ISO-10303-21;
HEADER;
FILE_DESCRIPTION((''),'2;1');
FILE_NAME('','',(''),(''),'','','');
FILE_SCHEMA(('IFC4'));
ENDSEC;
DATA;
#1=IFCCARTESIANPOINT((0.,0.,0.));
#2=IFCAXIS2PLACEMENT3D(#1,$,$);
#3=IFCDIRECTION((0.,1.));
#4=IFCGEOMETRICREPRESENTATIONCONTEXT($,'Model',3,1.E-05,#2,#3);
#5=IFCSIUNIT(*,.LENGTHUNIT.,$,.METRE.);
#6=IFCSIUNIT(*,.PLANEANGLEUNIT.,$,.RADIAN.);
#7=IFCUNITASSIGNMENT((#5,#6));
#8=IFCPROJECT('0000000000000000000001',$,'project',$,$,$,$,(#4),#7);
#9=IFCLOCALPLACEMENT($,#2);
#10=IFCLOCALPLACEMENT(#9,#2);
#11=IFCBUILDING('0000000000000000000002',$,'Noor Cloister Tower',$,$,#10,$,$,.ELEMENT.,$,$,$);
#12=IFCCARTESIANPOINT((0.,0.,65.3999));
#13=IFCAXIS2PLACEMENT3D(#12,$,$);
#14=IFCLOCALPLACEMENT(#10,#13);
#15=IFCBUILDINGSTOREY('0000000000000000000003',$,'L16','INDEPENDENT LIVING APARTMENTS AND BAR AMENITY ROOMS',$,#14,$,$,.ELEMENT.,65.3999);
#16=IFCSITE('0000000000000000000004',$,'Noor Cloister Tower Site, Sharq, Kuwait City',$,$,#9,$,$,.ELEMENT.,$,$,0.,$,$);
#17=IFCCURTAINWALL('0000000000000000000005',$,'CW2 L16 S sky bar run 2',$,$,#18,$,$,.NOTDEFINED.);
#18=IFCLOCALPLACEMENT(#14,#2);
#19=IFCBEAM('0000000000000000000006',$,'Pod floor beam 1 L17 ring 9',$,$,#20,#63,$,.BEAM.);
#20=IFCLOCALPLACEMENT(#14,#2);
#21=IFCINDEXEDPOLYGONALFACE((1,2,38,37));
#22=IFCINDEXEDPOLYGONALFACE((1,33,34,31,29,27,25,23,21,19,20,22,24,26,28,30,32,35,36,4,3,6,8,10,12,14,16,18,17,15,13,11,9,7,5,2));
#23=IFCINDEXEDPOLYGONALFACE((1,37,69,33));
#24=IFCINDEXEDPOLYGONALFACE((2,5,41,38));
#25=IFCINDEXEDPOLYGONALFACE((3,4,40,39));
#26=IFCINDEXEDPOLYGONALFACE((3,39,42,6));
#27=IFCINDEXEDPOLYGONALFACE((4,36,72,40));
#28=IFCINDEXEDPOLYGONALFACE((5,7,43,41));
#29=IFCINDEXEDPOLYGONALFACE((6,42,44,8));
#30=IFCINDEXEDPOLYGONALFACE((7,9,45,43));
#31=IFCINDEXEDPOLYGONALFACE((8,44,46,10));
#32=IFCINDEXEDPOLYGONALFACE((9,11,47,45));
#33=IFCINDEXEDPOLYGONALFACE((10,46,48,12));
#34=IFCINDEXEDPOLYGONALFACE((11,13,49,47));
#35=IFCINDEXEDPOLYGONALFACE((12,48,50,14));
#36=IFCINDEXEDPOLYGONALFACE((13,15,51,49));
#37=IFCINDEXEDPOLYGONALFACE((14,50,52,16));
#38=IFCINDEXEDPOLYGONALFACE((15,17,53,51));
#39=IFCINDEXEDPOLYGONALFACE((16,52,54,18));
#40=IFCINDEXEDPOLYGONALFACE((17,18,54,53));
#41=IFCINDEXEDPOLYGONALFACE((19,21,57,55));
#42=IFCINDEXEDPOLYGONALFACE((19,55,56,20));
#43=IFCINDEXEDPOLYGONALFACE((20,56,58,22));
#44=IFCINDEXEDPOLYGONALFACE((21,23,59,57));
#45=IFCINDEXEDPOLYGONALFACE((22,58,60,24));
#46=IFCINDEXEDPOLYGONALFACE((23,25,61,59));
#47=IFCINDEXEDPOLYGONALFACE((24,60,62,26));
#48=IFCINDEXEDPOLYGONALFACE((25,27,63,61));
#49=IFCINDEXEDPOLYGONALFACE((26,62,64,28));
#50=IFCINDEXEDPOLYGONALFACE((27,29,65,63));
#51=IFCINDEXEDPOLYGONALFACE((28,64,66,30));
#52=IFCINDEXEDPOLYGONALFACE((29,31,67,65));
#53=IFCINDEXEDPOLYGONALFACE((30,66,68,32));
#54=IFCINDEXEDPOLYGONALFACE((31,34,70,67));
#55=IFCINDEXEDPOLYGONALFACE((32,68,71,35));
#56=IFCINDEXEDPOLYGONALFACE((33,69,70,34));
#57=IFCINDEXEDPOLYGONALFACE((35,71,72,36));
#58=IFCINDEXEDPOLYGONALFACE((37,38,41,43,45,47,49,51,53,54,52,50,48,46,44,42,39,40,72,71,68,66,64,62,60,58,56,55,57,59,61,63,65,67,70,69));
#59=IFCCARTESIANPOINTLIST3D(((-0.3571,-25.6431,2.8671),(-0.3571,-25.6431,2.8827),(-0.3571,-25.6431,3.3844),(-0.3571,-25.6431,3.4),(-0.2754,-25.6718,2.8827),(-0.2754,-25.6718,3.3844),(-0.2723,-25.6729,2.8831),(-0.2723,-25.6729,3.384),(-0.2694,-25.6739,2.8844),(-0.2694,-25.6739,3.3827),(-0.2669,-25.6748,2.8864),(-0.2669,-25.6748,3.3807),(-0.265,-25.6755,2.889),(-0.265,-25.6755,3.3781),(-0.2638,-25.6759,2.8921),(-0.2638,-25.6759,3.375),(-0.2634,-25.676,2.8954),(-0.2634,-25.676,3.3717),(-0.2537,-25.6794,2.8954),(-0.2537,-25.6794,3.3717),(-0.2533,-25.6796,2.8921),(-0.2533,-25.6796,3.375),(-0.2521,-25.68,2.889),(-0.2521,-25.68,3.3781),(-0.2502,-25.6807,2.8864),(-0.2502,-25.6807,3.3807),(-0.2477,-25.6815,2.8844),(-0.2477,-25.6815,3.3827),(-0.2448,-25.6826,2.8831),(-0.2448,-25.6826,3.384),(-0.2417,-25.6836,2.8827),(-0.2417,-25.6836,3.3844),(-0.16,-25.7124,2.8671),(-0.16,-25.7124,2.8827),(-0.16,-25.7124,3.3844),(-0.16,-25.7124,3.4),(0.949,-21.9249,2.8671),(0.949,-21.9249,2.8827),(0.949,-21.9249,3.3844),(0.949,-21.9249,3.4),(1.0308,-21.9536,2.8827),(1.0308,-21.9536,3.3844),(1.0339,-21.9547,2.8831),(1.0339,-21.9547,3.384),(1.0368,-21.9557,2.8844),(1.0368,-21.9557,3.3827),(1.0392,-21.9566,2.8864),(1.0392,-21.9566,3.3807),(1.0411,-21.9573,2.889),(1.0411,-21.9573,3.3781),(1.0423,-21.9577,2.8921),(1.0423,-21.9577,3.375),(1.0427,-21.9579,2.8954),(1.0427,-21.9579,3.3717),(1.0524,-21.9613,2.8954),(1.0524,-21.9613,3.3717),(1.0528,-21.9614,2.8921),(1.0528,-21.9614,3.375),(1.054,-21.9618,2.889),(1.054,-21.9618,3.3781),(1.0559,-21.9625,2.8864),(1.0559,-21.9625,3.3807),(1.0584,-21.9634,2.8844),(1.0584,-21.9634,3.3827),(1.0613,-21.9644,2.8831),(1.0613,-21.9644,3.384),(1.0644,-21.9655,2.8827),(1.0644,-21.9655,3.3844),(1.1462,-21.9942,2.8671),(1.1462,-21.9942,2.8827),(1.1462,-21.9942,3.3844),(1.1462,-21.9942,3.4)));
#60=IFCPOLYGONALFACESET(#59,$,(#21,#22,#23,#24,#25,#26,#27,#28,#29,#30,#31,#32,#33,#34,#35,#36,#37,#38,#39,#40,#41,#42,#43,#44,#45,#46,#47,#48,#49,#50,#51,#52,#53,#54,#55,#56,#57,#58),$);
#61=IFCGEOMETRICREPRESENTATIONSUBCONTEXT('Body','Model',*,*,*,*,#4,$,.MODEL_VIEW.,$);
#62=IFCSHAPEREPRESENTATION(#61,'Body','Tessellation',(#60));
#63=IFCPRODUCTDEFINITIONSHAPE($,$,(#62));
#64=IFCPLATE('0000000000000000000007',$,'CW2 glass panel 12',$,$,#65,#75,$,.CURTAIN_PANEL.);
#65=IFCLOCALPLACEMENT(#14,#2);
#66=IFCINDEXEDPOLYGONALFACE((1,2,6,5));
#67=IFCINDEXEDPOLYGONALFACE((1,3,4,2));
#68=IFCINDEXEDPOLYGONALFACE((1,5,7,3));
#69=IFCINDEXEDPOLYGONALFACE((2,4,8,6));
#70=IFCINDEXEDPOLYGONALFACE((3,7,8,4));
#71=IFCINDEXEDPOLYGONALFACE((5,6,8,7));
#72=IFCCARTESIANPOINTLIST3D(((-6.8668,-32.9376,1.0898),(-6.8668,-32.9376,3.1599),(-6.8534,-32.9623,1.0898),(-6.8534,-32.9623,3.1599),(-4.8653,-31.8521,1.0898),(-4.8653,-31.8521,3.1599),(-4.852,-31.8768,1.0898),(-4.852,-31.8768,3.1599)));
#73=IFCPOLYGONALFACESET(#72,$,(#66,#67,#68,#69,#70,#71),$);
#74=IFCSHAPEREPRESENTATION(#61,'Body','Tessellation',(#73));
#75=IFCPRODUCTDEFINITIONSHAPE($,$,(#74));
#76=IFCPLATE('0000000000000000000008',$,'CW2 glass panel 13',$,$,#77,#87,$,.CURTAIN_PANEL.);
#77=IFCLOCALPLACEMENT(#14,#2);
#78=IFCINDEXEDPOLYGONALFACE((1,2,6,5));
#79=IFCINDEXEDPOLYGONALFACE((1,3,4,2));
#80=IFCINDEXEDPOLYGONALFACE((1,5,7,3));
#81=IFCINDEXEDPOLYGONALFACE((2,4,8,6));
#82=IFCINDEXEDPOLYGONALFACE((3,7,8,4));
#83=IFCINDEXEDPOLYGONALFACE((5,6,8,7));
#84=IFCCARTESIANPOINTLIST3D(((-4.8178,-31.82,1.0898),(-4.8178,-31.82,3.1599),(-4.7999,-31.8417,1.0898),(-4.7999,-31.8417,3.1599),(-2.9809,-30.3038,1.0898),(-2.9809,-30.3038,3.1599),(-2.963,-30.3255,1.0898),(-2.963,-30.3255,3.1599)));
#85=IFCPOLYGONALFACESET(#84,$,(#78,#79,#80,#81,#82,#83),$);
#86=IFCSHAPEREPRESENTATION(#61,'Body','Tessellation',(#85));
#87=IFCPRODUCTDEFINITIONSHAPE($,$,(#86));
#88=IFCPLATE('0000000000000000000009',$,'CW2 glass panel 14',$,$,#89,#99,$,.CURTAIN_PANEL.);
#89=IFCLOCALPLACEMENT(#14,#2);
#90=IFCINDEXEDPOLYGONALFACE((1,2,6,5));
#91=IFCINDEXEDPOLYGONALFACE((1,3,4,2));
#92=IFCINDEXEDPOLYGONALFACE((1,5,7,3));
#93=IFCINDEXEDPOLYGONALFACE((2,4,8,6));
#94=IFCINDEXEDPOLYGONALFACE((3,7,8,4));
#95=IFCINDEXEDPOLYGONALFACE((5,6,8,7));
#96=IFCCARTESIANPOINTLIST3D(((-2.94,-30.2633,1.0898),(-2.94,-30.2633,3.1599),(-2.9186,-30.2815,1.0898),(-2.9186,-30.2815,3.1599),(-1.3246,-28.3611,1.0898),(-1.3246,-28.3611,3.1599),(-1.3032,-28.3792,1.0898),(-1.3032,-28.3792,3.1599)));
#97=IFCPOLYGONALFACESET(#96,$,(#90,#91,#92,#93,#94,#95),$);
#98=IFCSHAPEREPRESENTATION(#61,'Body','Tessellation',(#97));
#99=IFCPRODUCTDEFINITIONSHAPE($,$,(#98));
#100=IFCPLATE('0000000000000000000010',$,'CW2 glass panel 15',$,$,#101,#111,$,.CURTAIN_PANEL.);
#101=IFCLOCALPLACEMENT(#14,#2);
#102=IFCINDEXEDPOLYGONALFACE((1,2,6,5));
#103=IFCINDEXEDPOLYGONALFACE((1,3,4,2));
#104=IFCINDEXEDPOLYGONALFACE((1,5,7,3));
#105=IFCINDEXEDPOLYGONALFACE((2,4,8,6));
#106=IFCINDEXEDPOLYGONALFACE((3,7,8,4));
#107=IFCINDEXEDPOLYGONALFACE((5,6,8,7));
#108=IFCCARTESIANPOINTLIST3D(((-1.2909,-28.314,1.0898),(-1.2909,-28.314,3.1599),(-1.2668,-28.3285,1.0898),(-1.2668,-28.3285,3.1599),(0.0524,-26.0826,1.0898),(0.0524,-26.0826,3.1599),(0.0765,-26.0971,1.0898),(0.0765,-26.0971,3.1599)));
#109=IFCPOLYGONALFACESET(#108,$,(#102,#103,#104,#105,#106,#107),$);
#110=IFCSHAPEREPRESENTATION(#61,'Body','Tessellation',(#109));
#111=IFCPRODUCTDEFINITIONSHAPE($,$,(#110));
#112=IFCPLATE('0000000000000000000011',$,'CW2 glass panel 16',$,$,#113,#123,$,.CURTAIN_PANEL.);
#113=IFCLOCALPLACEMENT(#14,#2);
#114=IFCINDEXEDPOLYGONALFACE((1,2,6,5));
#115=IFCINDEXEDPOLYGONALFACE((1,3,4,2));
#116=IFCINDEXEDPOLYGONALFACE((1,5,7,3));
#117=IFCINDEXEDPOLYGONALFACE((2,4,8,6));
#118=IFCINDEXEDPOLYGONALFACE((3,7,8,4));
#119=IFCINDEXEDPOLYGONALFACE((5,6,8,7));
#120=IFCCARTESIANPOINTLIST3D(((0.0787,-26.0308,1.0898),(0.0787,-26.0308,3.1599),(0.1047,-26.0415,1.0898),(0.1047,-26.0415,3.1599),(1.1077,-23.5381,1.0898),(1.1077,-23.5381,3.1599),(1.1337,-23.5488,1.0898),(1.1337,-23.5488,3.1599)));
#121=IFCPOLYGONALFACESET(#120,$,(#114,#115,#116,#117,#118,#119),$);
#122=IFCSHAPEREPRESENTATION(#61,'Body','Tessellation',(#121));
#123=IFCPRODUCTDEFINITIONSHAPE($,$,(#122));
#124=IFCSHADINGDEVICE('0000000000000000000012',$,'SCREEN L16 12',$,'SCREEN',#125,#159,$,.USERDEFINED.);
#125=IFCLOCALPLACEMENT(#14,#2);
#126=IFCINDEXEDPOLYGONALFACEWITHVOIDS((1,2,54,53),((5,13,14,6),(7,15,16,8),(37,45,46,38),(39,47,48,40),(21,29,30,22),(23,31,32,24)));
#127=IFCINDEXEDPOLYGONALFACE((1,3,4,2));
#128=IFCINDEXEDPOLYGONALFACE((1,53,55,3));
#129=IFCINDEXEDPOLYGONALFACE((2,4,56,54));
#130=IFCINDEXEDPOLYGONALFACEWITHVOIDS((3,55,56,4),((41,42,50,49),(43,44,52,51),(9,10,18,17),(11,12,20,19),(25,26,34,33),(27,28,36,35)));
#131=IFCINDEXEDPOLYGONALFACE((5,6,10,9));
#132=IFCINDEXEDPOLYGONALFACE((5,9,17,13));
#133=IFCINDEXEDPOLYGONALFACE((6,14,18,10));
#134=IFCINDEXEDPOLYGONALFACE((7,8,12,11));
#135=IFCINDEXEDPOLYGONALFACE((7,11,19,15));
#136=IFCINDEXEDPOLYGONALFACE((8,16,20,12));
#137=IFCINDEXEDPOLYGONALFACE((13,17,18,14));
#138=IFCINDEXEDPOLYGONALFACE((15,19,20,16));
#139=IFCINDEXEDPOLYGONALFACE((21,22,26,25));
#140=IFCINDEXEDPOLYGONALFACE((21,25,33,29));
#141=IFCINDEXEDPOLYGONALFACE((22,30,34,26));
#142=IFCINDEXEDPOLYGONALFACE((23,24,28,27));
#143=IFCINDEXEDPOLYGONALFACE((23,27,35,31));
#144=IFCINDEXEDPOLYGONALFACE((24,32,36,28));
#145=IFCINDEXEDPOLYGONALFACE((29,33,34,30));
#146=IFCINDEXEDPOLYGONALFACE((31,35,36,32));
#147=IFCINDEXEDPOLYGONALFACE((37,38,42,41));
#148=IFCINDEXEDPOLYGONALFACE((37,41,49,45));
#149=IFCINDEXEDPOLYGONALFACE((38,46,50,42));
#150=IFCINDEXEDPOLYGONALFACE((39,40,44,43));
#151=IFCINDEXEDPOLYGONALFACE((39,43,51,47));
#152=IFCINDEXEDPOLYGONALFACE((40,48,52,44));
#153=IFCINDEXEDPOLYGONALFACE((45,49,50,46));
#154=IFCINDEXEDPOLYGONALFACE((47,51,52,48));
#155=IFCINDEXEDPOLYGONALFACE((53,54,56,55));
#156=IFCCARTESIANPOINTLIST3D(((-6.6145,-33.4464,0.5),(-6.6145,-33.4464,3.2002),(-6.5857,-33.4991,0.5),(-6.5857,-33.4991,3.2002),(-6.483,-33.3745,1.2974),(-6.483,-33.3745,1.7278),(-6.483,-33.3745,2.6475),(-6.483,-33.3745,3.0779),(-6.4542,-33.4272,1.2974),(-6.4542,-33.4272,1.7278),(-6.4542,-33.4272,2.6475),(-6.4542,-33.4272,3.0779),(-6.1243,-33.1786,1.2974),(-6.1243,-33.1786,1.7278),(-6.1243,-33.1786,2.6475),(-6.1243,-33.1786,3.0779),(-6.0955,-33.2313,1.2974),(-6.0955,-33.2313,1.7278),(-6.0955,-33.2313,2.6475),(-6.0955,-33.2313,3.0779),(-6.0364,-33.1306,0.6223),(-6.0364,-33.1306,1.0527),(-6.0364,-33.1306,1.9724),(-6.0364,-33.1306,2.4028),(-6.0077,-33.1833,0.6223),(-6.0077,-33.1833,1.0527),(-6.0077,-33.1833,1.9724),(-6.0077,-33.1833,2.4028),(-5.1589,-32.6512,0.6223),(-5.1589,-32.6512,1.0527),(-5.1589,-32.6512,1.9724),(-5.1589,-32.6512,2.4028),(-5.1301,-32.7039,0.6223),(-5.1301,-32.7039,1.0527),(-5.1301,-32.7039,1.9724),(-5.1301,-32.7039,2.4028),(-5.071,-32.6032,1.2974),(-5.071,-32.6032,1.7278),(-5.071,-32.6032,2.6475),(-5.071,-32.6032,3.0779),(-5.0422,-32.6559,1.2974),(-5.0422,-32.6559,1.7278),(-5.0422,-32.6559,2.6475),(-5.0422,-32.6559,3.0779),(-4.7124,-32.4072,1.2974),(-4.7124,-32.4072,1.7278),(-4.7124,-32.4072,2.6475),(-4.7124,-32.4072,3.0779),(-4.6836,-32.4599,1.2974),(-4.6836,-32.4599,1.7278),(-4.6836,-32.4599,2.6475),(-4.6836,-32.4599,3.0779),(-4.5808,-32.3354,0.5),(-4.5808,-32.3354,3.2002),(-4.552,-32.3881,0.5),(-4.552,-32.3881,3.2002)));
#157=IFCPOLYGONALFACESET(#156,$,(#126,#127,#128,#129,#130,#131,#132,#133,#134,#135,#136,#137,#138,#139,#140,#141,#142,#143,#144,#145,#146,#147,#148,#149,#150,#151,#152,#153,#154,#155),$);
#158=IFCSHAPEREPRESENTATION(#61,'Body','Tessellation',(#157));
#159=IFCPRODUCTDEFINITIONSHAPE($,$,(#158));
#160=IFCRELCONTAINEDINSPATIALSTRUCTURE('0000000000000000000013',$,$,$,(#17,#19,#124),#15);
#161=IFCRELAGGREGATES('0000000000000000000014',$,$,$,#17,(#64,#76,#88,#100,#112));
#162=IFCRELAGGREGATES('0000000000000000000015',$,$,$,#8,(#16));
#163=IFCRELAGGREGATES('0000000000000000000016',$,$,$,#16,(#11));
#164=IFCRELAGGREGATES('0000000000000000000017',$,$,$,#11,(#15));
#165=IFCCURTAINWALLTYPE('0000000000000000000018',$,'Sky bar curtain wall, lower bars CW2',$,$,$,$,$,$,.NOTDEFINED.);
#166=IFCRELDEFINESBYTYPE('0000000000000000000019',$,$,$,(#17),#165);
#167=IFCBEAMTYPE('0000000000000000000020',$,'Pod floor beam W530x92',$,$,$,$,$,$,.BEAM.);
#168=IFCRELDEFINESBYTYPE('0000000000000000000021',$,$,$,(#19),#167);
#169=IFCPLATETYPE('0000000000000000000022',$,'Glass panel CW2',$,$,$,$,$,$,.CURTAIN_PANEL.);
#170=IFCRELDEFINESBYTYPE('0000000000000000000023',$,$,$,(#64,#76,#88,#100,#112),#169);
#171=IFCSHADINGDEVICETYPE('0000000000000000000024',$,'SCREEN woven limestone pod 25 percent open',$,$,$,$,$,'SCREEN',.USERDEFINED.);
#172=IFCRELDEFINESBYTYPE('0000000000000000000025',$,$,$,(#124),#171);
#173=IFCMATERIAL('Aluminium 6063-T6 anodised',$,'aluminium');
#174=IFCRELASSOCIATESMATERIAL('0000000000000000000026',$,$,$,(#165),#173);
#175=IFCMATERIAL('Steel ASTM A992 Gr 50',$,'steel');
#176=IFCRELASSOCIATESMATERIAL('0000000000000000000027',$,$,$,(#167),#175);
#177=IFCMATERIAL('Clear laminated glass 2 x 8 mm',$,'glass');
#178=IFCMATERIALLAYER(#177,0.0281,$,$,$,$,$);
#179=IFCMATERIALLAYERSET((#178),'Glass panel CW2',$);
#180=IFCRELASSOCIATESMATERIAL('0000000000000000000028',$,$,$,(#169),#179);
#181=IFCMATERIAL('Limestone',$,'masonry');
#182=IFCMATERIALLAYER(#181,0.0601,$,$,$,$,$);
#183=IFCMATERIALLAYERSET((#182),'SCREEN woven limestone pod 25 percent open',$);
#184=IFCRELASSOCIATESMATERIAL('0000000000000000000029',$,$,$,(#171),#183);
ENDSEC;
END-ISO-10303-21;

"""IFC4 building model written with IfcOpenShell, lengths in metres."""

from ifc_helpers import new_model, si_unit, direction, frame, origin, origin_2d, place, context, subcontext, project, spatial, polyline, rectangle, i_section, outline, extrude, material, layer, layer_set, material_profile, profile_set, type_object, element, aggregate, save


model = new_model("IFC4")

# Units and contexts
model_context = context("Model", 3, precision=1e-05, world=origin(), true_north=direction((0.0, 1.0)))
body_context = subcontext(model_context, "Body", "Model", "MODEL_VIEW")
ifc_project = project(units=[si_unit("LENGTHUNIT", "METRE"), si_unit("PLANEANGLEUNIT", "RADIAN")], contexts=[model_context])

# Site, building, storey
site_placement = place(None, origin())
site = spatial("IfcSite", under=ifc_project, at=site_placement, Name="Noor Cloister Tower Site, Sharq, Kuwait City", CompositionType="ELEMENT", RefElevation=0.0)
building_placement = place(site_placement, origin())
building = spatial("IfcBuilding", under=site, at=building_placement, Name="Noor Cloister Tower", CompositionType="ELEMENT")
storey_placement = place(building_placement, frame((0.0, 0.0, 65.3999)))
storey = spatial("IfcBuildingStorey", under=building, at=storey_placement, Name="L16", Description="INDEPENDENT LIVING APARTMENTS AND BAR AMENITY ROOMS", CompositionType="ELEMENT", Elevation=65.3999)

# Curtain wall
ifc_material_1 = material(Name="Aluminium 6063-T6 anodised", Category="aluminium")
curtain_wall_type = type_object("IfcCurtainWallType", Name="Sky bar curtain wall, lower bars CW2", PredefinedType="NOTDEFINED", material=ifc_material_1)
curtain_wall_placement = place(storey_placement, origin())
curtain_wall = element("IfcCurtainWall", 1, at=curtain_wall_placement, inside=storey, type_object=curtain_wall_type, Name="CW2 L16 S sky bar run 2", PredefinedType="NOTDEFINED")

# Beam
ifc_material_2 = material(Name="Steel ASTM A992 Gr 50", Category="steel")
ifc_material_profile_1 = material_profile(ifc_material_2, i_section(OverallWidth=0.209, OverallDepth=0.533, WebThickness=0.0103, FlangeThickness=0.0156, FilletRadius=0.0127, at=origin_2d()), Name="W530x92")
ifc_profile_set_1 = profile_set([ifc_material_profile_1], Name="Steel ASTM A992 Gr 50")
beam_type = type_object("IfcBeamType", Name="Pod floor beam W530x92", PredefinedType="BEAM", material=ifc_profile_set_1)
beam_1_placement = place(storey_placement, frame((-0.2585, -25.6777, 3.1335), z_axis=(0.331426, 0.943481, 0.0), x_axis=(-0.943481, 0.331426, 0.0)))
element("IfcBeam", 2, at=beam_1_placement, inside=storey, type_object=beam_type, Name="Pod floor beam 1 L17 ring 9", PredefinedType="BEAM", context=body_context, shape_type="SweptSolid", body=[
    extrude(i_section(OverallWidth=0.209, OverallDepth=0.533, WebThickness=0.0103, FlangeThickness=0.0156, FilletRadius=0.0127, at=origin_2d()), origin(), (0.0, 0.0, 1.0), 3.9409),
])

# Plates
ifc_material_3 = material(Name="Clear laminated glass 2 x 8 mm", Category="glass")
ifc_layer_1 = layer(ifc_material_3, 0.0281)
ifc_layer_set_1 = layer_set([ifc_layer_1], Name="Glass panel CW2")
plate_type = type_object("IfcPlateType", Name="Glass panel CW2", PredefinedType="CURTAIN_PANEL", material=ifc_layer_set_1)
plate_1_placement = place(storey_placement, frame((-5.8594, -32.4072, 1.0898), z_axis=(0.0, 0.0, 1.0), x_axis=(0.879037, 0.476753, 0.0)))
plate_1 = element("IfcPlate", 3, at=plate_1_placement, type_object=plate_type, Name="CW2 glass panel 12", PredefinedType="CURTAIN_PANEL", context=body_context, shape_type="SweptSolid", body=[
    extrude(rectangle(XDim=2.2769, YDim=0.0281, at=origin_2d()), origin(), (0.0, 0.0, 1.0), 2.0701),
])
plate_2_placement = place(storey_placement, frame((-3.8904, -31.0728, 1.0898), z_axis=(0.0, 0.0, 1.0), x_axis=(0.771217, 0.636572, 0.0)))
plate_2 = element("IfcPlate", 4, at=plate_2_placement, type_object=plate_type, Name="CW2 glass panel 13", PredefinedType="CURTAIN_PANEL", context=body_context, shape_type="SweptSolid", body=[
    extrude(rectangle(XDim=2.3818, YDim=0.0281, at=origin_2d()), origin(), (0.0, 0.0, 1.0), 2.0701),
])
plate_3_placement = place(storey_placement, frame((-2.1216, -29.3213, 1.0898), z_axis=(0.0, 0.0, 1.0), x_axis=(0.647278, 0.762254, 0.0)))
plate_3 = element("IfcPlate", 5, at=plate_3_placement, type_object=plate_type, Name="CW2 glass panel 14", PredefinedType="CURTAIN_PANEL", context=body_context, shape_type="SweptSolid", body=[
    extrude(rectangle(XDim=2.4956, YDim=0.0281, at=origin_2d()), origin(), (0.0, 0.0, 1.0), 2.0701),
])
plate_4_placement = place(storey_placement, frame((-0.6072, -27.2056, 1.0898), z_axis=(0.0, 0.0, 1.0), x_axis=(0.51576, 0.856733, 0.0)))
plate_4 = element("IfcPlate", 6, at=plate_4_placement, type_object=plate_type, Name="CW2 glass panel 15", PredefinedType="CURTAIN_PANEL", context=body_context, shape_type="SweptSolid", body=[
    extrude(rectangle(XDim=2.6045, YDim=0.0281, at=origin_2d()), origin(), (0.0, 0.0, 1.0), 2.0701),
])
plate_5_placement = place(storey_placement, frame((0.6062, -24.7898, 1.0898), z_axis=(0.0, 0.0, 1.0), x_axis=(0.381572, 0.924339, 0.0)))
plate_5 = element("IfcPlate", 7, at=plate_5_placement, type_object=plate_type, Name="CW2 glass panel 16", PredefinedType="CURTAIN_PANEL", context=body_context, shape_type="SweptSolid", body=[
    extrude(rectangle(XDim=2.6968, YDim=0.0281, at=origin_2d()), origin(), (0.0, 0.0, 1.0), 2.0701),
])
aggregate(curtain_wall, [plate_1, plate_2, plate_3, plate_4, plate_5])

# Shading device
ifc_material_4 = material(Name="Limestone", Category="masonry")
ifc_layer_2 = layer(ifc_material_4, 0.0601)
ifc_layer_set_2 = layer_set([ifc_layer_2], Name="SCREEN woven limestone pod 25 percent open")
shading_device_type = type_object("IfcShadingDeviceType", Name="SCREEN woven limestone pod 25 percent open", ElementType="SCREEN", PredefinedType="USERDEFINED", material=ifc_layer_set_2)
shading_device_1_placement = place(storey_placement, frame((-5.5977, -32.8909, 1.8501), z_axis=(0.479421, -0.877585, 0.0), x_axis=(0.877585, 0.479421, 0.0)))
element("IfcShadingDevice", 8, at=shading_device_1_placement, inside=storey, type_object=shading_device_type, Name="SCREEN L16 12", ObjectType="SCREEN", PredefinedType="USERDEFINED", context=body_context, shape_type="SweptSolid", body=[
    extrude(outline(polyline([(-1.1587, -1.3501), (1.1587, -1.3501), (1.1587, 1.3501), (-1.1587, 1.3501), (-1.1587, -1.3501)]), holes=[polyline([(-0.5, -1.2278), (0.5, -1.2278), (0.5, -0.7974), (-0.5, -0.7974), (-0.5, -1.2278)]), polyline([(0.6001, -0.5527), (1.0088, -0.5527), (1.0088, -0.1223), (0.6001, -0.1223), (0.6001, -0.5527)]), polyline([(-1.0088, -0.5527), (-0.6001, -0.5527), (-0.6001, -0.1223), (-1.0088, -0.1223), (-1.0088, -0.5527)]), polyline([(-0.5, 0.1223), (0.5, 0.1223), (0.5, 0.5527), (-0.5, 0.5527), (-0.5, 0.1223)]), polyline([(0.6001, 0.7974), (1.0088, 0.7974), (1.0088, 1.2278), (0.6001, 1.2278), (0.6001, 0.7974)]), polyline([(-1.0088, 0.7974), (-0.6001, 0.7974), (-0.6001, 1.2278), (-1.0088, 1.2278), (-1.0088, 0.7974)])]), origin(), (0.0, 0.0, 1.0), 0.0601),
])

save(model, "model.ifc")
